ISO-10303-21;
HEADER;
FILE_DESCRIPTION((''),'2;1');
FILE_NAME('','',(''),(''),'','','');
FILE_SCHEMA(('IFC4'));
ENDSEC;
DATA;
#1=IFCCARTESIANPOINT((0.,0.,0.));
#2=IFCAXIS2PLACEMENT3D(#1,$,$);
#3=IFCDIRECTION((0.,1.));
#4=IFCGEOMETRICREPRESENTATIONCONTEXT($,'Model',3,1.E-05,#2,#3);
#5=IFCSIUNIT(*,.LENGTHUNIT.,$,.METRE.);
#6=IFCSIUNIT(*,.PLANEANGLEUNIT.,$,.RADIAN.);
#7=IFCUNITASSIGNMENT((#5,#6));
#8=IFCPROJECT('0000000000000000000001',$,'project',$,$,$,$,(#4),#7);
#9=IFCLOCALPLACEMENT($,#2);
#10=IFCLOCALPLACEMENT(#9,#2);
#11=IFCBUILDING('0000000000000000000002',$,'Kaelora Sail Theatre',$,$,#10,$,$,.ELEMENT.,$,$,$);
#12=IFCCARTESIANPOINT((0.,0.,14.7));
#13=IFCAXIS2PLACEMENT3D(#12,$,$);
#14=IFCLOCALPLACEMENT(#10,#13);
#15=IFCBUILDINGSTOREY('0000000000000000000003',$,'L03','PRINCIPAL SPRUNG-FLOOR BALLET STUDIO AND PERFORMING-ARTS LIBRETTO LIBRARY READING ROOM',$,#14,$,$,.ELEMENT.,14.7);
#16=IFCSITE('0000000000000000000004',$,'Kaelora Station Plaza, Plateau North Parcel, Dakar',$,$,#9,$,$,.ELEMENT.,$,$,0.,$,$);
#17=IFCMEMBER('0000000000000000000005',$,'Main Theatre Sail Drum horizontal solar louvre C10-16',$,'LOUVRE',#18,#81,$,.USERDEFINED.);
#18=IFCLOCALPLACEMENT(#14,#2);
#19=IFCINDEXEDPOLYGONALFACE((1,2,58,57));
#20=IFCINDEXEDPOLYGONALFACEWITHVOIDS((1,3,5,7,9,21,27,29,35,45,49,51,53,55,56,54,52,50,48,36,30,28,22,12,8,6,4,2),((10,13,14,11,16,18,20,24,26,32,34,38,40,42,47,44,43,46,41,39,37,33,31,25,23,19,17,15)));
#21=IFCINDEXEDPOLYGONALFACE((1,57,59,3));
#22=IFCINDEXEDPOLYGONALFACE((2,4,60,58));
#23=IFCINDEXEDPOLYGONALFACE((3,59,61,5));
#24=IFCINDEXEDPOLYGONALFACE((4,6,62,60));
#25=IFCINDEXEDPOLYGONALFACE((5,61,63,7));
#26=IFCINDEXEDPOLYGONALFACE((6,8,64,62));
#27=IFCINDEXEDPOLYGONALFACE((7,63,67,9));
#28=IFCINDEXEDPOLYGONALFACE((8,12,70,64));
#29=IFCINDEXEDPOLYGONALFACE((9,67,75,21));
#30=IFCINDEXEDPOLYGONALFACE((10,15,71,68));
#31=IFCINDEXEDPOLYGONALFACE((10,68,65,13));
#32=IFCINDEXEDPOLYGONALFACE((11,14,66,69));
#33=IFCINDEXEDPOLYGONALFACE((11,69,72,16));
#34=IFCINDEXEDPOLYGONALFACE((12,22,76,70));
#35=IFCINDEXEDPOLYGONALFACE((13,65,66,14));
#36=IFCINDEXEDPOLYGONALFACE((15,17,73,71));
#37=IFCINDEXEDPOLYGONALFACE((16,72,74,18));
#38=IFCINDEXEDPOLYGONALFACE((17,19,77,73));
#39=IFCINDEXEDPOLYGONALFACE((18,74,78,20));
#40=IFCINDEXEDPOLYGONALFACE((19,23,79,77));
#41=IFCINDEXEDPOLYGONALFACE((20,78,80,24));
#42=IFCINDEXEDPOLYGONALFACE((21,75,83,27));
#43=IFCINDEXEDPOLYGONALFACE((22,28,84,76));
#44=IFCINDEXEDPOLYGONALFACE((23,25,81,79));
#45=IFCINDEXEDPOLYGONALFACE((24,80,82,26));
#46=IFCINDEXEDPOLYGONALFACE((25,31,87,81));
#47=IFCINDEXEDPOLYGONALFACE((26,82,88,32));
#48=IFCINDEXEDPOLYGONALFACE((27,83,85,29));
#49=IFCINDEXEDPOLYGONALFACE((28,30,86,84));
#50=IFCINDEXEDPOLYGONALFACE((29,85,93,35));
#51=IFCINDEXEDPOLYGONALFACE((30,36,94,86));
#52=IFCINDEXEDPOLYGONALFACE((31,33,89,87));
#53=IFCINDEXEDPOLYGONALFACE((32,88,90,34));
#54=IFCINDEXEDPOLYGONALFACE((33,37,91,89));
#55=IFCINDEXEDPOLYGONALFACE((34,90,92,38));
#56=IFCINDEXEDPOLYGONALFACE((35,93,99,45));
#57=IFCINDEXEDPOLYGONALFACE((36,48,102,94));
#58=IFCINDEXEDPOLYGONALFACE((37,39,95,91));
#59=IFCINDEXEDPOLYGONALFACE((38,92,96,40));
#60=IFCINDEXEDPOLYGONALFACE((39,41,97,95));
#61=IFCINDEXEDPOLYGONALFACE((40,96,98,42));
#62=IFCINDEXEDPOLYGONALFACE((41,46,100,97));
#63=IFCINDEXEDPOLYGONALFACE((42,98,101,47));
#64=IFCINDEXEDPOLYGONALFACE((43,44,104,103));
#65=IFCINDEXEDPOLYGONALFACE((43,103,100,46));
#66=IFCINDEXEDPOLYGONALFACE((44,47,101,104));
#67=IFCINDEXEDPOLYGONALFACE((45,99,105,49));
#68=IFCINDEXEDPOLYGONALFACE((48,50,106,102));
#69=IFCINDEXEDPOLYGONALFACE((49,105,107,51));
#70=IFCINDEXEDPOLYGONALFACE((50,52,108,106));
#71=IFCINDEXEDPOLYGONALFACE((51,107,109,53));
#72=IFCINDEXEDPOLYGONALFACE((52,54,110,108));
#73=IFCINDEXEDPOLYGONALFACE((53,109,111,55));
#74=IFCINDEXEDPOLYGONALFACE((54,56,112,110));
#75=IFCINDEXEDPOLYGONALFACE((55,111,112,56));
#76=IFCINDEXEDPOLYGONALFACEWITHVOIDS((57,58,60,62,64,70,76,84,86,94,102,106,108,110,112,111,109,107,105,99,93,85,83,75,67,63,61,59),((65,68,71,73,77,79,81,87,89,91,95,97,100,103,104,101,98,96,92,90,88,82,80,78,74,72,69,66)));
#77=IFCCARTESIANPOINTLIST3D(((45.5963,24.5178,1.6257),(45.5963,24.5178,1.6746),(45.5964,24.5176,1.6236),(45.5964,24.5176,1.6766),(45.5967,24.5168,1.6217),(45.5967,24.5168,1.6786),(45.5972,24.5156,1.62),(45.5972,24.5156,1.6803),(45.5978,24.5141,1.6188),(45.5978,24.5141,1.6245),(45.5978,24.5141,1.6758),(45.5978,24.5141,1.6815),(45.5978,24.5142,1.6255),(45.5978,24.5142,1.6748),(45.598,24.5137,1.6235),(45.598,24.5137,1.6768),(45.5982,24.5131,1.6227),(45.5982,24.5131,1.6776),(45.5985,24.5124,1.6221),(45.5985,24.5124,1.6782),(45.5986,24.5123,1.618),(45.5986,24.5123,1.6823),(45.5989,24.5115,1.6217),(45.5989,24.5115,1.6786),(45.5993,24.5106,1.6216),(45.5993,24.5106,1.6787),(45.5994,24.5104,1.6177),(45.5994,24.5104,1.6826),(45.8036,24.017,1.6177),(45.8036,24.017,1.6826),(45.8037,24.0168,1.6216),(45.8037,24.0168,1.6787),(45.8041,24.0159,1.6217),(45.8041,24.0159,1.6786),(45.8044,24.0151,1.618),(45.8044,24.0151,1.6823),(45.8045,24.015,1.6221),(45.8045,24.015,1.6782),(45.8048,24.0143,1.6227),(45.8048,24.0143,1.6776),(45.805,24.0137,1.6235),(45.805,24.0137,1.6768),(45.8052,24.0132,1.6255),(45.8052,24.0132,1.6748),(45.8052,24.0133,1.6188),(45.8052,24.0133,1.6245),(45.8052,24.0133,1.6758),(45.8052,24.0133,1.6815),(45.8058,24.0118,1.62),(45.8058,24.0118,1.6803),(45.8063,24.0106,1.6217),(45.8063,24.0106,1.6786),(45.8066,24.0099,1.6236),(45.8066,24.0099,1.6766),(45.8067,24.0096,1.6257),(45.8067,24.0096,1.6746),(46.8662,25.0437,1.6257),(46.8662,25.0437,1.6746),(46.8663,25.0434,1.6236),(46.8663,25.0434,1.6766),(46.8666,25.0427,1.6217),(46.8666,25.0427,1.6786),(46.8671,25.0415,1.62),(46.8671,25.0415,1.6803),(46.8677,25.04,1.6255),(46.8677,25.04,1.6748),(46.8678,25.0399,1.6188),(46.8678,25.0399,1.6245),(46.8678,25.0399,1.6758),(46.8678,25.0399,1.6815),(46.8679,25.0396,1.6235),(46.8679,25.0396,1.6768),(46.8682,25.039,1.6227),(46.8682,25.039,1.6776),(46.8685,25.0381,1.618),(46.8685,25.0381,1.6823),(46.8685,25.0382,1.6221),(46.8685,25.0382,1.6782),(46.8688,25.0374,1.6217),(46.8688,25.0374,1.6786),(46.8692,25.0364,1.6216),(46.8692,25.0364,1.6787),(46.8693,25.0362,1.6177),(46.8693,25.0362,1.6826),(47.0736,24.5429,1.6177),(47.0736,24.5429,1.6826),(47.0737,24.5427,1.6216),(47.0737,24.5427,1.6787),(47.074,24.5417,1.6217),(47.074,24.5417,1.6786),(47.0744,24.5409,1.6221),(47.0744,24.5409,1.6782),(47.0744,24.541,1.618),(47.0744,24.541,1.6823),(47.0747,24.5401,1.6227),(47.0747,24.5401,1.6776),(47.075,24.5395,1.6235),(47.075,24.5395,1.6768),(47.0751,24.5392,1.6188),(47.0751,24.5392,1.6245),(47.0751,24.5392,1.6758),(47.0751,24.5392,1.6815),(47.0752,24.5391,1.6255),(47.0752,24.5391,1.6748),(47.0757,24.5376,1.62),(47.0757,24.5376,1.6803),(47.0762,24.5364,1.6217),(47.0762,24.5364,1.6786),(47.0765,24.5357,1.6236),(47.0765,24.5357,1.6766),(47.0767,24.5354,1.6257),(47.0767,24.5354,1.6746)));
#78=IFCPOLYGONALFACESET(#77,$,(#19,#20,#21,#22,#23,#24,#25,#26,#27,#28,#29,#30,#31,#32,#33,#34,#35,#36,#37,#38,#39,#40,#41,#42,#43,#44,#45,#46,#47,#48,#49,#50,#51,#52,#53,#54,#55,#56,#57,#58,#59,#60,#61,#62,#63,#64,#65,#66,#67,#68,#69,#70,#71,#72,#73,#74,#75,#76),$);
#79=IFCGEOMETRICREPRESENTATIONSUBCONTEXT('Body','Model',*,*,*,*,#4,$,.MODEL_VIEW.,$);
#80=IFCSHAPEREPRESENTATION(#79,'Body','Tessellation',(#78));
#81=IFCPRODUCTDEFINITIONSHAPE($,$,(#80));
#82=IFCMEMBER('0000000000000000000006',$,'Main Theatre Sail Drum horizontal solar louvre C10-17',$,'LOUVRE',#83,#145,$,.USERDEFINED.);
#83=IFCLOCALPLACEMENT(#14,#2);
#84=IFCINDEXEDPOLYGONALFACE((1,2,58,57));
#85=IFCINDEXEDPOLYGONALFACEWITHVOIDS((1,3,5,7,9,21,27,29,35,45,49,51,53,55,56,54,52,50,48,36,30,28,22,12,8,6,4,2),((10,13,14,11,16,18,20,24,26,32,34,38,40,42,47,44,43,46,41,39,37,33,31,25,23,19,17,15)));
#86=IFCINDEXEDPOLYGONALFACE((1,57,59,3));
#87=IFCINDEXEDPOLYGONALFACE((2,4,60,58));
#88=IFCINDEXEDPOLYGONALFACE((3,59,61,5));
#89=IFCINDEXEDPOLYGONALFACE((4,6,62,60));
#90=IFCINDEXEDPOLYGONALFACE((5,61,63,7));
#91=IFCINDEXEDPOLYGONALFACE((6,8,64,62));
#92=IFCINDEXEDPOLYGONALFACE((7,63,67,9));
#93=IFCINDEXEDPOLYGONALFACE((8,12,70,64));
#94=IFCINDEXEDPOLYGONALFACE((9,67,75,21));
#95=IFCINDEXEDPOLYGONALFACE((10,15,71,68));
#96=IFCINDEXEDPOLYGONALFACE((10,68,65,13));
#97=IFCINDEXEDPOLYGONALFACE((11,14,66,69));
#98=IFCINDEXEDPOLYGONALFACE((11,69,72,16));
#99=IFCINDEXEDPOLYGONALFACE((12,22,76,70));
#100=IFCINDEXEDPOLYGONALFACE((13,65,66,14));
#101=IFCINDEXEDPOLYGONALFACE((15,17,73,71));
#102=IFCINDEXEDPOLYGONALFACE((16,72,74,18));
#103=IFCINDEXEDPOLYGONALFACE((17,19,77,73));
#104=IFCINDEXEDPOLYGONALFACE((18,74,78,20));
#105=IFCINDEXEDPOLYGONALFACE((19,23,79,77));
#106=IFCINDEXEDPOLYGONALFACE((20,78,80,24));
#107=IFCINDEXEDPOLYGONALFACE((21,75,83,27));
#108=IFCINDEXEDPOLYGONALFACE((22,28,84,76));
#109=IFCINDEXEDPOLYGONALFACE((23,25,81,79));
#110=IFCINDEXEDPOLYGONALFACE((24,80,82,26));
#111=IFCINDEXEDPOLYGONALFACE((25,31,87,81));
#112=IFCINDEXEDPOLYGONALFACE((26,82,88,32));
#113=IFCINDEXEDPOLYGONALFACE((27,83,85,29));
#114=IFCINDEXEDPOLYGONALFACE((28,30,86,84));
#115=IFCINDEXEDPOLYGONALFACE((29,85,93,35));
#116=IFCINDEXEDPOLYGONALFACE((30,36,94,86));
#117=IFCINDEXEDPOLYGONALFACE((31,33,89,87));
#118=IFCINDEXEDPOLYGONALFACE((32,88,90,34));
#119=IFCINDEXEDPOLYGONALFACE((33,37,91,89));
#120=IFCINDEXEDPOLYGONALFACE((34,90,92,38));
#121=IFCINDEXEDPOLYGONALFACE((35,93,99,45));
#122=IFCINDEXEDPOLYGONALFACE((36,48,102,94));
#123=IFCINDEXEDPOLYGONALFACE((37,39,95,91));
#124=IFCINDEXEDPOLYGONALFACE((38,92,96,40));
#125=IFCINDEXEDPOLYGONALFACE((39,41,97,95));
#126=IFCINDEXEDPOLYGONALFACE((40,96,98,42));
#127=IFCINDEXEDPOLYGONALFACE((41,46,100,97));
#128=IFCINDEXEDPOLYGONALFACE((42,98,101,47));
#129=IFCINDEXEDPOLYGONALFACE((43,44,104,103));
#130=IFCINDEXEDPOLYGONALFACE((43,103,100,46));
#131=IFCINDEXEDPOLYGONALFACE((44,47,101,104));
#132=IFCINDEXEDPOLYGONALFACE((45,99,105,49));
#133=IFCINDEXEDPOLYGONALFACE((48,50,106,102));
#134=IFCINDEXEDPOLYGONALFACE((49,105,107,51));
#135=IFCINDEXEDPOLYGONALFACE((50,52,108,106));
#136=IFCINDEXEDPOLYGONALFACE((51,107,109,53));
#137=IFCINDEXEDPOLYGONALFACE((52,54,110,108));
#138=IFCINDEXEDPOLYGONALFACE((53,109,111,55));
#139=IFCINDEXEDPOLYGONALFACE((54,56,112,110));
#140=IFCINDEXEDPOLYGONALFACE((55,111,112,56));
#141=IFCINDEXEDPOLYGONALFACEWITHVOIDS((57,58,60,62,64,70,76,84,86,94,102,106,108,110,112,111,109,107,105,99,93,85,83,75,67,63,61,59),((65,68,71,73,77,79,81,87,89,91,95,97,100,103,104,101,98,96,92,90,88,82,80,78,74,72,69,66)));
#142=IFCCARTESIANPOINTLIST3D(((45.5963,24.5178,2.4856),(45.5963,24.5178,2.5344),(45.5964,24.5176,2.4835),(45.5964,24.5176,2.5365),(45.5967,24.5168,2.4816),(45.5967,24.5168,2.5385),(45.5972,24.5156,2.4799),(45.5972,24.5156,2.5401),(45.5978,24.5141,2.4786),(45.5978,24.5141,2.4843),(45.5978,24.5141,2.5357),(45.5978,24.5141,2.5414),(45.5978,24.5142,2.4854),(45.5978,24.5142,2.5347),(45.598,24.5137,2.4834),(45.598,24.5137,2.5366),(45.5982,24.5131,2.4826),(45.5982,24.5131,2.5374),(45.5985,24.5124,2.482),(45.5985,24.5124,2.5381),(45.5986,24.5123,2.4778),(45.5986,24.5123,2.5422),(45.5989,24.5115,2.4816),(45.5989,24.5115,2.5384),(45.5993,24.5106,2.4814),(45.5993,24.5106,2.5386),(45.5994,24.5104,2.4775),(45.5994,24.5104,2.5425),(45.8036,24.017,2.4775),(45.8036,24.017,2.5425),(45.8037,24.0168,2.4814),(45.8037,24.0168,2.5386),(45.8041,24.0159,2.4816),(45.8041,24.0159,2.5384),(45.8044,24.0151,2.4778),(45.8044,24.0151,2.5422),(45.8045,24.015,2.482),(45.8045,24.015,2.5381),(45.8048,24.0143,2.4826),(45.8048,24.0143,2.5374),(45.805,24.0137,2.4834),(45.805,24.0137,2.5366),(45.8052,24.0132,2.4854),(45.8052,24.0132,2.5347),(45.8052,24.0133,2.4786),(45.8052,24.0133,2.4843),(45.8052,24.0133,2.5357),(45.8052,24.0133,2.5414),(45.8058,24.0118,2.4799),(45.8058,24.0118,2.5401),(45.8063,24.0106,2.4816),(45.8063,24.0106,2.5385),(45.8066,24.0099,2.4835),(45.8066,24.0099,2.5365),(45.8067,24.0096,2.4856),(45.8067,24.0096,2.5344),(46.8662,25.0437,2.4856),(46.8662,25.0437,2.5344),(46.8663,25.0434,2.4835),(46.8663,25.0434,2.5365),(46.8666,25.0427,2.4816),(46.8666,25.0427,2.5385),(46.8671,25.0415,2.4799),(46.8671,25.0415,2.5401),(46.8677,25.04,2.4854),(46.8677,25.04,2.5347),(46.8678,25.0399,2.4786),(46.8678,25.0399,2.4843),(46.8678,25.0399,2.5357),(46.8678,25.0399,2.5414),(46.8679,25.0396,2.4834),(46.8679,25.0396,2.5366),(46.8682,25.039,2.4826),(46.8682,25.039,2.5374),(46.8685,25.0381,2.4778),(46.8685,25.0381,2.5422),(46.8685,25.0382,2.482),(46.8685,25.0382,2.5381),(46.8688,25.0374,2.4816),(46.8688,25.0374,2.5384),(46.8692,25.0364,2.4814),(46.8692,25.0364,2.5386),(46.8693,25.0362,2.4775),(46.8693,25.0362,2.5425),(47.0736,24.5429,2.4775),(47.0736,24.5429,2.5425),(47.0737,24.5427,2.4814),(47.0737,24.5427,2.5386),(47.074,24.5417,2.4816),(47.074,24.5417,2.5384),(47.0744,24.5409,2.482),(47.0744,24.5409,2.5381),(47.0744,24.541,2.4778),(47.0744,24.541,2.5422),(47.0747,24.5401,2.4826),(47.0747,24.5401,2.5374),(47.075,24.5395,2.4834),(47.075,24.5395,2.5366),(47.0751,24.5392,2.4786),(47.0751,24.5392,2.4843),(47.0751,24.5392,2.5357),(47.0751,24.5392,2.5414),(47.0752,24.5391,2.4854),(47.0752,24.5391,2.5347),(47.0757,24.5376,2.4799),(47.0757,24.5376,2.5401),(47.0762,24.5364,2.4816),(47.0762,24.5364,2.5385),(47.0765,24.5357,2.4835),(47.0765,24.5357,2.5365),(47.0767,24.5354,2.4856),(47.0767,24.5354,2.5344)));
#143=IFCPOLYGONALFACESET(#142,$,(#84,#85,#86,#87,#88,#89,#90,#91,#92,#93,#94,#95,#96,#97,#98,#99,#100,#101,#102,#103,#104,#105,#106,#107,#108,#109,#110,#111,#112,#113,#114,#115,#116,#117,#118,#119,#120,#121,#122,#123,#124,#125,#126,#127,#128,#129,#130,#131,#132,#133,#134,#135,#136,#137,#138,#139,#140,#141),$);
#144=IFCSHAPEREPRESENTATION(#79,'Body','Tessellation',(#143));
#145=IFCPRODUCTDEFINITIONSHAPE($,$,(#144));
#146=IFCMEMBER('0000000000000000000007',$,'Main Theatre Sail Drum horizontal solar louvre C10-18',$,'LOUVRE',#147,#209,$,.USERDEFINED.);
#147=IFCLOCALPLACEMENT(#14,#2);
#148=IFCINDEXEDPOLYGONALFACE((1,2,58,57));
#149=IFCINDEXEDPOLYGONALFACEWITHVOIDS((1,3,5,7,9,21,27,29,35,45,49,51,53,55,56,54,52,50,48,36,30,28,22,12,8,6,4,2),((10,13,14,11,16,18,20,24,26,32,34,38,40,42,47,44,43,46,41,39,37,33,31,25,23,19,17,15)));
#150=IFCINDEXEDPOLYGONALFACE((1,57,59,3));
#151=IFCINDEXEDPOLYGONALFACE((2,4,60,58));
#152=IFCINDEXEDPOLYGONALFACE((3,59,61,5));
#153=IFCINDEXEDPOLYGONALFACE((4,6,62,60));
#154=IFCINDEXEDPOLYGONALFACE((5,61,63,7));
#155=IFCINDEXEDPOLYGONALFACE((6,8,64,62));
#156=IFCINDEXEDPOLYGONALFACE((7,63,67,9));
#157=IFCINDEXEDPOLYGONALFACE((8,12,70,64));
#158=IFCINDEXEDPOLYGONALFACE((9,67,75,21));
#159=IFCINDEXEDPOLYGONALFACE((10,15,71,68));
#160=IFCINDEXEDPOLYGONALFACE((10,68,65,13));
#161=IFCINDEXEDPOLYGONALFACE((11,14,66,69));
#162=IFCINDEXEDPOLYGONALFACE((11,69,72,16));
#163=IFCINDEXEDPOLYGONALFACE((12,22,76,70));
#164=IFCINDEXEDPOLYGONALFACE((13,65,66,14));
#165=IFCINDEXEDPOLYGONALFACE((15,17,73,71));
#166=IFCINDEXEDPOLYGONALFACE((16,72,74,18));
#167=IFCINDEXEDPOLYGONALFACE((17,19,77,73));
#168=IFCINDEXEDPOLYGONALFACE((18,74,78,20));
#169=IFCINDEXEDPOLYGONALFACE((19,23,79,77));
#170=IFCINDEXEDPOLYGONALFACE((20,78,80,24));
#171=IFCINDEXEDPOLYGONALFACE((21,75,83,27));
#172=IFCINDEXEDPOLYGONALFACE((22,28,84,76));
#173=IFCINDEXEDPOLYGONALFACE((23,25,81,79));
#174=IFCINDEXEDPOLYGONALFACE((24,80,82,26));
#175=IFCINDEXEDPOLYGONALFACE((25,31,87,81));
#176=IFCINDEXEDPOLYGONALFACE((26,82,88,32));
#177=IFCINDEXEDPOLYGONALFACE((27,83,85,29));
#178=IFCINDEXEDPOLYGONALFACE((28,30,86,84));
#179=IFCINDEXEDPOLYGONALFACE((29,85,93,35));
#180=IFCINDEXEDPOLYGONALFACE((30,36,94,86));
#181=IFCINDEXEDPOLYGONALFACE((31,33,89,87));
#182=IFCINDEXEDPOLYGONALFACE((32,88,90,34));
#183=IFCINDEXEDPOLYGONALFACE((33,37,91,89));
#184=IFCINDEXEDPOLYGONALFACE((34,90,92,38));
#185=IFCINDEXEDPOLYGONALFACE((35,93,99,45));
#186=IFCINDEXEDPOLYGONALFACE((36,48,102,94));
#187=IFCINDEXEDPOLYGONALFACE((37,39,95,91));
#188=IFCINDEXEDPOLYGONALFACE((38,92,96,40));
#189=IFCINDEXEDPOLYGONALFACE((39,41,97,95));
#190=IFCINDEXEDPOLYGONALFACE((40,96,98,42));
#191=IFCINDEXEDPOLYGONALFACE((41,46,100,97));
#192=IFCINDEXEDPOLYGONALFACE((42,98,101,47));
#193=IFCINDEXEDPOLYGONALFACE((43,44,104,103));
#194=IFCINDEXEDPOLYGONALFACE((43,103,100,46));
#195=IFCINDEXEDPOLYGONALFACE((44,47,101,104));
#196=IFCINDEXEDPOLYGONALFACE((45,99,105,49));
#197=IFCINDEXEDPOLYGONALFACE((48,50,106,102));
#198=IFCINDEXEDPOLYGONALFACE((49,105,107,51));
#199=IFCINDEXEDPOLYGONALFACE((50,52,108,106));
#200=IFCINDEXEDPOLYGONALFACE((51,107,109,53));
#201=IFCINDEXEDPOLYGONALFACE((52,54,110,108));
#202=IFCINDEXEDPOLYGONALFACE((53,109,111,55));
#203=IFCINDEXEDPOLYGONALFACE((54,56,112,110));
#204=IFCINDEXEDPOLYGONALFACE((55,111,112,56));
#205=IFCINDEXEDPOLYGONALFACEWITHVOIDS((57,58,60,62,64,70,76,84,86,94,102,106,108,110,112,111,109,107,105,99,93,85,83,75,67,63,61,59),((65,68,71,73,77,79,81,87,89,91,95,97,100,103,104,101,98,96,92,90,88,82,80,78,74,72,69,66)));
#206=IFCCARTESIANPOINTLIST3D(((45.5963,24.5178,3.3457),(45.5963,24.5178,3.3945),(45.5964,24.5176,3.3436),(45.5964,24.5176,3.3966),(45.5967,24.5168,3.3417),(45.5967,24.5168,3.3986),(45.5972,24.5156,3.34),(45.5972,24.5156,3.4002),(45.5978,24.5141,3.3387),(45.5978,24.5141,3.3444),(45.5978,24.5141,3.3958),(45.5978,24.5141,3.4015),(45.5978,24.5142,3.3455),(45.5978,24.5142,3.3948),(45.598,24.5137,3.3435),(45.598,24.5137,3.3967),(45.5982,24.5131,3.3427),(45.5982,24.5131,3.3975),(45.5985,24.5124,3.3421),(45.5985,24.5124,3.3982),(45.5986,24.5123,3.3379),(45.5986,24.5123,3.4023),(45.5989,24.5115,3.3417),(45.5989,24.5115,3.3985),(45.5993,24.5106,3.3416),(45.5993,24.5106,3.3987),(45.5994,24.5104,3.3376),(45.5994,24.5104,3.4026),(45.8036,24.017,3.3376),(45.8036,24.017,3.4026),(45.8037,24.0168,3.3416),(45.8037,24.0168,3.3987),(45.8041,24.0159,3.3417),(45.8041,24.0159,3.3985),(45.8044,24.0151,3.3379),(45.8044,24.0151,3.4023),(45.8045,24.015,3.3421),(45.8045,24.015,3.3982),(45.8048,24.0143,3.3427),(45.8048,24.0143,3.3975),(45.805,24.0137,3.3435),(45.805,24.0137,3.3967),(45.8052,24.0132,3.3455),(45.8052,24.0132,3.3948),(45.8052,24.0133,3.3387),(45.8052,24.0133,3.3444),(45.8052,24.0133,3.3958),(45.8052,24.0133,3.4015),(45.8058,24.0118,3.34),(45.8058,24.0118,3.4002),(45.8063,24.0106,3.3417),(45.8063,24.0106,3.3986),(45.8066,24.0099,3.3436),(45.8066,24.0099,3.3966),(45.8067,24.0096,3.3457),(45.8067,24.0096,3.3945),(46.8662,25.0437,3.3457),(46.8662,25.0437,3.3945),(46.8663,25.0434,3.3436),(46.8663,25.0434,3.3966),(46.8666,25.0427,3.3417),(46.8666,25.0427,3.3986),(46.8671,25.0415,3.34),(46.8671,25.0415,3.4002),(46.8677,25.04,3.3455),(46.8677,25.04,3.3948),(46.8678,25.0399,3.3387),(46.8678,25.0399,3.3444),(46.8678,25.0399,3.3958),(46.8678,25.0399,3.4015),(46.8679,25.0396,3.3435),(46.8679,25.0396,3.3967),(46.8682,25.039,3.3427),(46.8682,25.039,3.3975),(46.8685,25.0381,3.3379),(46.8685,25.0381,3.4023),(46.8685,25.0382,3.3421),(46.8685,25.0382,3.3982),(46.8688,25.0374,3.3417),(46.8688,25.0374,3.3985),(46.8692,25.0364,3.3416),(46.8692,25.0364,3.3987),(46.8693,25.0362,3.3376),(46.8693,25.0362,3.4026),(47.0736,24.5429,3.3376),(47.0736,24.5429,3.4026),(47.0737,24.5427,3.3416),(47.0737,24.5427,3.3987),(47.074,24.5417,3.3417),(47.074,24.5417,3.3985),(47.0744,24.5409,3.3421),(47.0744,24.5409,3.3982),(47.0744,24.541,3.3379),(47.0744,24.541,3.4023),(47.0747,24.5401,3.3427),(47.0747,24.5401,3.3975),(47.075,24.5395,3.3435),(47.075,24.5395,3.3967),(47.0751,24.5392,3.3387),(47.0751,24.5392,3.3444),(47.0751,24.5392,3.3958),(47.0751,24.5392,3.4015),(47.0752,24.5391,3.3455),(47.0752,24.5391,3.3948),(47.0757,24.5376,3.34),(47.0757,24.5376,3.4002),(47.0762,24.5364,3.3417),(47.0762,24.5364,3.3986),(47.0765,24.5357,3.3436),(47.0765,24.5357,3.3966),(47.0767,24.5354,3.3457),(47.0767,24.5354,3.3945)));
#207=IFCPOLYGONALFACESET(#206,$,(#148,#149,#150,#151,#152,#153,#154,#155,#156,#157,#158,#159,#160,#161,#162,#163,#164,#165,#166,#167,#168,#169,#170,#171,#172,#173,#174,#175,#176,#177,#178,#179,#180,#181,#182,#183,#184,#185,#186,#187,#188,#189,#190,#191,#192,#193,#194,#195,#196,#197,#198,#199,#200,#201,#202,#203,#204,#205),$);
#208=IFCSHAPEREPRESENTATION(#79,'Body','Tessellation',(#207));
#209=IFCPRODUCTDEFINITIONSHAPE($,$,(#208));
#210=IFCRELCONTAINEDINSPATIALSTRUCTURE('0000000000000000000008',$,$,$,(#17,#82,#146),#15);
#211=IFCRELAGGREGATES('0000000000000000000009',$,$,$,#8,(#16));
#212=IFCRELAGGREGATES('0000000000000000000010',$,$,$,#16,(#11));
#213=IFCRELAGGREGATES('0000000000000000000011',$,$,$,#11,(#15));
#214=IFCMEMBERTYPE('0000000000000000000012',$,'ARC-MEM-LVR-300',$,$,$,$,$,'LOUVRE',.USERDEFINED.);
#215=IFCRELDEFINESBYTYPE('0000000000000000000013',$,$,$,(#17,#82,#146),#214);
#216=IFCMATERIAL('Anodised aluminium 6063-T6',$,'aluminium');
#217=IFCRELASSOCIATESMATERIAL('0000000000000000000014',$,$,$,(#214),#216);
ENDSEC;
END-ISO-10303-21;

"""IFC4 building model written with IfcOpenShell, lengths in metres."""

from ifc_helpers import new_model, si_unit, direction, frame, origin, origin_2d, place, context, subcontext, project, spatial, hollow_rectangle, extrude, material, material_profile, profile_set, type_object, element, save


model = new_model("IFC4")

# Units and contexts
model_context = context("Model", 3, precision=1e-05, world=origin(), true_north=direction((0.0, 1.0)))
body_context = subcontext(model_context, "Body", "Model", "MODEL_VIEW")
ifc_project = project(units=[si_unit("LENGTHUNIT", "METRE"), si_unit("PLANEANGLEUNIT", "RADIAN")], contexts=[model_context])

# Site, building, storey
site_placement = place(None, origin())
site = spatial("IfcSite", under=ifc_project, at=site_placement, Name="Kaelora Station Plaza, Plateau North Parcel, Dakar", CompositionType="ELEMENT", RefElevation=0.0)
building_placement = place(site_placement, origin())
building = spatial("IfcBuilding", under=site, at=building_placement, Name="Kaelora Sail Theatre", CompositionType="ELEMENT")
storey_placement = place(building_placement, frame((0.0, 0.0, 14.7)))
storey = spatial("IfcBuildingStorey", under=building, at=storey_placement, Name="L03", Description="PRINCIPAL SPRUNG-FLOOR BALLET STUDIO AND PERFORMING-ARTS LIBRETTO LIBRARY READING ROOM", CompositionType="ELEMENT", Elevation=14.7)

# Members
ifc_material_1 = material(Name="Anodised aluminium 6063-T6", Category="aluminium")
ifc_material_profile_1 = material_profile(ifc_material_1, hollow_rectangle(XDim=0.55, YDim=0.0649, WallThickness=0.0039, InnerFilletRadius=0.0039, OuterFilletRadius=0.0081, at=origin_2d()), Name="LOUVRE 550x65x4")
ifc_profile_set_1 = profile_set([ifc_material_profile_1], Name="Anodised aluminium 6063-T6")
member_type = type_object("IfcMemberType", Name="ARC-MEM-LVR-300", ElementType="LOUVRE", PredefinedType="USERDEFINED", material=ifc_profile_set_1)
for number, where, z_axis, x_axis, name in (
    (1, (46.9714, 24.7896, 1.6501), (-0.923926, -0.382571, 0.0), (0.382571, -0.923926, 0.0), "Main Theatre Sail Drum horizontal solar louvre C10-16"),
    (2, (46.9714, 24.7896, 2.51), (-0.923926, -0.382571, 0.0), (0.382571, -0.923926, 0.0), "Main Theatre Sail Drum horizontal solar louvre C10-17"),
    (3, (46.9714, 24.7896, 3.3701), (-0.923926, -0.382571, 0.0), (0.382571, -0.923926, 0.0), "Main Theatre Sail Drum horizontal solar louvre C10-18"),
):
    element("IfcMember", number, at=place(storey_placement, frame(where, z_axis=z_axis, x_axis=x_axis)), inside=storey, type_object=member_type, Name=name, ObjectType="LOUVRE", PredefinedType="USERDEFINED", context=body_context, shape_type="SweptSolid", body=[
        extrude(hollow_rectangle(XDim=0.55, YDim=0.0649, WallThickness=0.0039, InnerFilletRadius=0.0039, OuterFilletRadius=0.0081, at=origin_2d()), origin(), (0.0, 0.0, 1.0), 1.3745),
    ])

save(model, "model.ifc")
